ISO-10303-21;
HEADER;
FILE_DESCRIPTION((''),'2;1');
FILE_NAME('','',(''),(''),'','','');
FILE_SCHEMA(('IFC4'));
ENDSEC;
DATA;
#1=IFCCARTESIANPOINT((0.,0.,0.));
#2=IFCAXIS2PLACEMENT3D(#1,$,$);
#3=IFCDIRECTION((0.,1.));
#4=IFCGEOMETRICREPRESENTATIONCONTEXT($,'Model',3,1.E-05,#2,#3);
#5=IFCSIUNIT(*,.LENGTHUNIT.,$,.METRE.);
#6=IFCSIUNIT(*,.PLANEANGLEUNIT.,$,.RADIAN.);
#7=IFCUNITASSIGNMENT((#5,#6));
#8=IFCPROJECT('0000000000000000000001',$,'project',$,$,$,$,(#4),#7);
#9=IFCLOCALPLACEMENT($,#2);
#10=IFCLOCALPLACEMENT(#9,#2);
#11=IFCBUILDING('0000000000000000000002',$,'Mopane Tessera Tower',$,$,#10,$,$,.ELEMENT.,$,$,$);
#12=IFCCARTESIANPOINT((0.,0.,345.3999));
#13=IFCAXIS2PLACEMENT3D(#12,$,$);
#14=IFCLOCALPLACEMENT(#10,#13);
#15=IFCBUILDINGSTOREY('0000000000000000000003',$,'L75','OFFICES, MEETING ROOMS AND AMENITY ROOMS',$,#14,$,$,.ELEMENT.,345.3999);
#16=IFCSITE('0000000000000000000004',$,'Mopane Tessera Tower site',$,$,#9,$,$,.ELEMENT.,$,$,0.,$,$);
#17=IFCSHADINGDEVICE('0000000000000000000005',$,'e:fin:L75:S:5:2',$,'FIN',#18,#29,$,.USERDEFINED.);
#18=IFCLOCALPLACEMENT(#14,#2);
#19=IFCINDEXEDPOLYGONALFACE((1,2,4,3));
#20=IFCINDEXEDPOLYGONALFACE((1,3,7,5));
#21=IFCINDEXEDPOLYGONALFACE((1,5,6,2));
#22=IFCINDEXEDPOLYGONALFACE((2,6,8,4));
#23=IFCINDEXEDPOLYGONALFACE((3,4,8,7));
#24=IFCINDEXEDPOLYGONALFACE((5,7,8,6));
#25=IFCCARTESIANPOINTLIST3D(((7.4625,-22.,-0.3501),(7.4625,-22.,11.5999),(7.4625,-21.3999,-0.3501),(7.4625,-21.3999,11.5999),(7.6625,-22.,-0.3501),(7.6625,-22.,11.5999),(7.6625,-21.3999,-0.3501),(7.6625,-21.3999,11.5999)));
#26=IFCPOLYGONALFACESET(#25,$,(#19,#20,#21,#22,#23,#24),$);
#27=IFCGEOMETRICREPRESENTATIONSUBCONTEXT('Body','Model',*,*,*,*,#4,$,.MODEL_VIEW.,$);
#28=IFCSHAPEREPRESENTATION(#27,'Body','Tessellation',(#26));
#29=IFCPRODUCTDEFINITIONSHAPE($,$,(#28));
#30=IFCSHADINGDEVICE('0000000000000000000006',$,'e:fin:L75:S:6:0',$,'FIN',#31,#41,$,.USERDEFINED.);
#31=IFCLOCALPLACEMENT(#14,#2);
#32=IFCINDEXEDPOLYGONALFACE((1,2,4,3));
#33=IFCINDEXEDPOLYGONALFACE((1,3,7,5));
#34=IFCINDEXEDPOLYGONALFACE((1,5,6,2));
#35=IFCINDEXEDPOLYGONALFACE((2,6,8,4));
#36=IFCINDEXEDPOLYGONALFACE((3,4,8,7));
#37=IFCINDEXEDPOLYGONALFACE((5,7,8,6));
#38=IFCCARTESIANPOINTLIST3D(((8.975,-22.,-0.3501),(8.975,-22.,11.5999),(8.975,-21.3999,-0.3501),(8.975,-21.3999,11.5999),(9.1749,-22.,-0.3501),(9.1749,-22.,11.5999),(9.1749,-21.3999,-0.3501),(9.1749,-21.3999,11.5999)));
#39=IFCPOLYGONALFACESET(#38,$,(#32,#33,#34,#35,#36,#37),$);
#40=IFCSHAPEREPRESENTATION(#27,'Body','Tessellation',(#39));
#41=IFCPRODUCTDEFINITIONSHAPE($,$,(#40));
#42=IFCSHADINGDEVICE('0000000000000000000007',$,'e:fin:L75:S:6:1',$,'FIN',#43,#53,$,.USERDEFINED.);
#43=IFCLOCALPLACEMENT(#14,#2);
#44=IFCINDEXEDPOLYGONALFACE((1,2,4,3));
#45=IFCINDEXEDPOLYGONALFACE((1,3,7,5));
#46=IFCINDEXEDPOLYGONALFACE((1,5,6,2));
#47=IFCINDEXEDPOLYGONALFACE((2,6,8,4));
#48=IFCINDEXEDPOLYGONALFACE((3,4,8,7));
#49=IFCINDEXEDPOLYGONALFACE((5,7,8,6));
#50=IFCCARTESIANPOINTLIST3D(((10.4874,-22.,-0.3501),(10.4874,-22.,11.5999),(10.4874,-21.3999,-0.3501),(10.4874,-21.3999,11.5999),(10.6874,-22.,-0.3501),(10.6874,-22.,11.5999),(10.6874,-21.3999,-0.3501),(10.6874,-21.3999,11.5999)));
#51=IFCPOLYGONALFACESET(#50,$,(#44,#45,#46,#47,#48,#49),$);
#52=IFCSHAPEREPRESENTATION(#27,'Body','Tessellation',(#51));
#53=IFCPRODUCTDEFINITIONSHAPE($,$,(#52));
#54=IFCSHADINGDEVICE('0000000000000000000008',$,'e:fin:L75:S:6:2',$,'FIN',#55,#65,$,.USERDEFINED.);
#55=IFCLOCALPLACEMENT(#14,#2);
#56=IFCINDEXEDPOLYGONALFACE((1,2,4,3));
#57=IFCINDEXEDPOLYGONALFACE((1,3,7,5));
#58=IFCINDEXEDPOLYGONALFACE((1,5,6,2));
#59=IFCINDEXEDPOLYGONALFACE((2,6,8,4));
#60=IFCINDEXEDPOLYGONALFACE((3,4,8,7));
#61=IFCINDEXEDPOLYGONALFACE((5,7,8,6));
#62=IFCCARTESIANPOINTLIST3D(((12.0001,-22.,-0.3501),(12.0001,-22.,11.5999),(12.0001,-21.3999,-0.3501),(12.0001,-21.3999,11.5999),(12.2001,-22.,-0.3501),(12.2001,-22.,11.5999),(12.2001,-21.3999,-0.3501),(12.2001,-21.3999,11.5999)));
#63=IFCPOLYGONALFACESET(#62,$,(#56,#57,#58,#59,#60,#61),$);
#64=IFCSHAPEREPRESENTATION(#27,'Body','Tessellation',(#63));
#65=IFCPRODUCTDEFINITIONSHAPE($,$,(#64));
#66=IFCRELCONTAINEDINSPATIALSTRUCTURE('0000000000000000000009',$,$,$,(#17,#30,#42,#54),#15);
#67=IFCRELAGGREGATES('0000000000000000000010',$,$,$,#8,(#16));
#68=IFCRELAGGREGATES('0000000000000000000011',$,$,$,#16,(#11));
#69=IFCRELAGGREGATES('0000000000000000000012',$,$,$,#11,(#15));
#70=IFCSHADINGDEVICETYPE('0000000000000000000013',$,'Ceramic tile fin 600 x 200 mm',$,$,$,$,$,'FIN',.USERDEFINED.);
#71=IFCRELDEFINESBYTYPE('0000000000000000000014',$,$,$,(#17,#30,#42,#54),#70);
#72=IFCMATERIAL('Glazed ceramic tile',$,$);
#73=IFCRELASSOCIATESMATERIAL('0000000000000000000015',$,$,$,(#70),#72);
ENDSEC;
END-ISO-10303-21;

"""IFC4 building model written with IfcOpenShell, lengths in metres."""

from ifc_helpers import new_model, si_unit, direction, frame, origin, origin_2d, place, context, subcontext, project, spatial, rectangle, extrude, material, type_object, element, save


model = new_model("IFC4")

# Units and contexts
model_context = context("Model", 3, precision=1e-05, world=origin(), true_north=direction((0.0, 1.0)))
body_context = subcontext(model_context, "Body", "Model", "MODEL_VIEW")
ifc_project = project(units=[si_unit("LENGTHUNIT", "METRE"), si_unit("PLANEANGLEUNIT", "RADIAN")], contexts=[model_context])

# Site, building, storey
site_placement = place(None, origin())
site = spatial("IfcSite", under=ifc_project, at=site_placement, Name="Mopane Tessera Tower site", CompositionType="ELEMENT", RefElevation=0.0)
building_placement = place(site_placement, origin())
building = spatial("IfcBuilding", under=site, at=building_placement, Name="Mopane Tessera Tower", CompositionType="ELEMENT")
storey_placement = place(building_placement, frame((0.0, 0.0, 345.3999)))
storey = spatial("IfcBuildingStorey", under=building, at=storey_placement, Name="L75", Description="OFFICES, MEETING ROOMS AND AMENITY ROOMS", CompositionType="ELEMENT", Elevation=345.3999)

# Shading devices
ifc_material_1 = material(Name="Glazed ceramic tile")
shading_device_type = type_object("IfcShadingDeviceType", Name="Ceramic tile fin 600 x 200 mm", ElementType="FIN", PredefinedType="USERDEFINED", material=ifc_material_1)
for number, where, z_axis, x_axis, name in (
    (1, (7.5625, -21.7, -0.3501), (0.0, 0.0, 1.0), (1.0, 0.0, 0.0), "e:fin:L75:S:5:2"),
    (2, (9.075, -21.7, -0.3501), (0.0, 0.0, 1.0), (1.0, 0.0, 0.0), "e:fin:L75:S:6:0"),
    (3, (10.5874, -21.7, -0.3501), (0.0, 0.0, 1.0), (1.0, 0.0, 0.0), "e:fin:L75:S:6:1"),
    (4, (12.1001, -21.7, -0.3501), (0.0, 0.0, 1.0), (1.0, 0.0, 0.0), "e:fin:L75:S:6:2"),
):
    element("IfcShadingDevice", number, at=place(storey_placement, frame(where, z_axis=z_axis, x_axis=x_axis)), inside=storey, type_object=shading_device_type, Name=name, ObjectType="FIN", PredefinedType="USERDEFINED", context=body_context, shape_type="SweptSolid", body=[
        extrude(rectangle(XDim=0.2, YDim=0.6001, at=origin_2d()), origin(), (0.0, 0.0, 1.0), 11.95),
    ])

save(model, "model.ifc")
